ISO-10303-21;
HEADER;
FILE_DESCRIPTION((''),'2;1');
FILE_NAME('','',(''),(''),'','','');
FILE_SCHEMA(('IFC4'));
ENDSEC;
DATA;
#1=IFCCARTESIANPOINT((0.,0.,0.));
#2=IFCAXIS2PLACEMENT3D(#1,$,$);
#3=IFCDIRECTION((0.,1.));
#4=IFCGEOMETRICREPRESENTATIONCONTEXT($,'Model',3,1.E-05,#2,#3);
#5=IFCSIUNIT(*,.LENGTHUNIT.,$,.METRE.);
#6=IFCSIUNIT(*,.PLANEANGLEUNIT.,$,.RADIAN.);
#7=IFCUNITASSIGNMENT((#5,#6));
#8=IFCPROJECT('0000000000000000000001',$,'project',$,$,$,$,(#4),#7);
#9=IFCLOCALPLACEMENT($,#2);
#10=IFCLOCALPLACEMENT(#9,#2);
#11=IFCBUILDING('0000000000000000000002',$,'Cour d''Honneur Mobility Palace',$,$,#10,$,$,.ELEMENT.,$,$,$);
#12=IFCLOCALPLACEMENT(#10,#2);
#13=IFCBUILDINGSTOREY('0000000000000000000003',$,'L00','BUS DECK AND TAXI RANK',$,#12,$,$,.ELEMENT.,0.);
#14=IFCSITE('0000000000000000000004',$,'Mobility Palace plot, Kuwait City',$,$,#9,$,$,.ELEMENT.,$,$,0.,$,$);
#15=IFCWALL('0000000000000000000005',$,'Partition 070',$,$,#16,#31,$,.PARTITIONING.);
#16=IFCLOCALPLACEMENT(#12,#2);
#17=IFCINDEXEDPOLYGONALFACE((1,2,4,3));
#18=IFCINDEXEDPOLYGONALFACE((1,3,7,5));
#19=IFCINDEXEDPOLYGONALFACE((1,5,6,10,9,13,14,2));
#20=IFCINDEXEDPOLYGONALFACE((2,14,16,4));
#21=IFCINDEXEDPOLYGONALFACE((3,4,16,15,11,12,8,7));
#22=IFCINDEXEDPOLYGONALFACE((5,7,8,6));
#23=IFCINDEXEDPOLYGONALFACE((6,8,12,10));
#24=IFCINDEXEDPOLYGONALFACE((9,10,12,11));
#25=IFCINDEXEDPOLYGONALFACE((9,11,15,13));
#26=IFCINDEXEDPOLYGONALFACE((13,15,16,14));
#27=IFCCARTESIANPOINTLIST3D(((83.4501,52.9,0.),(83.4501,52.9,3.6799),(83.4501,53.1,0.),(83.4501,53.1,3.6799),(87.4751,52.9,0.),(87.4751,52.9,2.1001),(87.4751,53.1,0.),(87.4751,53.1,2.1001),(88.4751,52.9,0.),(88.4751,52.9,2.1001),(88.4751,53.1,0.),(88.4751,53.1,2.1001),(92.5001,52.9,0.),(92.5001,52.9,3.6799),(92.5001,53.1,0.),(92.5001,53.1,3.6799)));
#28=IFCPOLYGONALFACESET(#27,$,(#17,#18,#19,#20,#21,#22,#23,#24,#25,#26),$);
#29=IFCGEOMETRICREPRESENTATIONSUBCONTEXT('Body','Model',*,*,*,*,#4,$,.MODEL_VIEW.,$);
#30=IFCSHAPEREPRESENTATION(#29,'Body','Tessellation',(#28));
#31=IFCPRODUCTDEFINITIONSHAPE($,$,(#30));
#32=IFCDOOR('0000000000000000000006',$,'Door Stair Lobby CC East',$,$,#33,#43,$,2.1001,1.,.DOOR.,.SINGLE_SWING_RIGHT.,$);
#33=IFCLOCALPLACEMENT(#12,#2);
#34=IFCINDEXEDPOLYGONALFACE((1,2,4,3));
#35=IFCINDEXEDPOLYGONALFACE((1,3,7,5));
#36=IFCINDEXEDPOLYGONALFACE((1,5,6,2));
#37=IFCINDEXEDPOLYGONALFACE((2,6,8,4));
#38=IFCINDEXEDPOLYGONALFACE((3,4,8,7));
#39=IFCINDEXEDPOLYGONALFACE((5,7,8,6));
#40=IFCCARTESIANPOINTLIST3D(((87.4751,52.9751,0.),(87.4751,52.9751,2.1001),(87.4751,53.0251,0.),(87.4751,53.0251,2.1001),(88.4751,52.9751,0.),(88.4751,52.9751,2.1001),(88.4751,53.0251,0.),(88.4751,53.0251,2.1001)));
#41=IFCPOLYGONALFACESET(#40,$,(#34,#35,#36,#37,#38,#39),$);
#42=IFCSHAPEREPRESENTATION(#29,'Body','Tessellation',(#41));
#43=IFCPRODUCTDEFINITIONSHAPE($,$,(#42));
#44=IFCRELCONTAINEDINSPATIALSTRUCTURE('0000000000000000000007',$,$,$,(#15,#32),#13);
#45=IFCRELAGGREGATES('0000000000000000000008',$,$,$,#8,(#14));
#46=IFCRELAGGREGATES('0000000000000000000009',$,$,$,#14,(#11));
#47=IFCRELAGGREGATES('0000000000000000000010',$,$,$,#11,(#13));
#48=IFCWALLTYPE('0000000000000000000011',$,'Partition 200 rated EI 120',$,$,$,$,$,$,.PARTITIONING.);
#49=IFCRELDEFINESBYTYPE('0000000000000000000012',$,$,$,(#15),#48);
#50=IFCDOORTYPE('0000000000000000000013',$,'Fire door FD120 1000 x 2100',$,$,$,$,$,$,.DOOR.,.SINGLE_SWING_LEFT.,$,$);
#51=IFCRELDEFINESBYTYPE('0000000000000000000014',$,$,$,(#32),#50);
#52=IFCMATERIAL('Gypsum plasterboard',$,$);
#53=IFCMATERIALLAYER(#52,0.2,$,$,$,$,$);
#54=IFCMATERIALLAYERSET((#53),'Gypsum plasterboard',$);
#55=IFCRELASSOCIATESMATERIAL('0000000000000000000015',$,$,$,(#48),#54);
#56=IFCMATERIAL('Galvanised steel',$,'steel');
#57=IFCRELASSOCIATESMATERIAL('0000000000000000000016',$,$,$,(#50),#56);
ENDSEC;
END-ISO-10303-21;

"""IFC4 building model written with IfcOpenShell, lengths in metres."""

from ifc_helpers import new_model, si_unit, direction, frame, frame_2d, origin, place, context, subcontext, project, spatial, rectangle, extrude, material, layer, layer_set, type_object, element, fill, save


model = new_model("IFC4")

# Units and contexts
model_context = context("Model", 3, precision=1e-05, world=origin(), true_north=direction((0.0, 1.0)))
body_context = subcontext(model_context, "Body", "Model", "MODEL_VIEW")
ifc_project = project(units=[si_unit("LENGTHUNIT", "METRE"), si_unit("PLANEANGLEUNIT", "RADIAN")], contexts=[model_context])

# Site, building, storey
site_placement = place(None, origin())
site = spatial("IfcSite", under=ifc_project, at=site_placement, Name="Mobility Palace plot, Kuwait City", CompositionType="ELEMENT", RefElevation=0.0)
building_placement = place(site_placement, origin())
building = spatial("IfcBuilding", under=site, at=building_placement, Name="Cour d'Honneur Mobility Palace", CompositionType="ELEMENT")
storey_placement = place(building_placement, origin())
storey = spatial("IfcBuildingStorey", under=building, at=storey_placement, Name="L00", Description="BUS DECK AND TAXI RANK", CompositionType="ELEMENT", Elevation=0.0)

# Shared definitions
ifc_material_1 = material(Name="Gypsum plasterboard")
ifc_layer_1 = layer(ifc_material_1, 0.2)
ifc_layer_set_1 = layer_set([ifc_layer_1], Name="Gypsum plasterboard")
wall_type_1 = type_object("IfcWallType", Name="Partition 200 rated EI 120", PredefinedType="PARTITIONING", material=ifc_layer_set_1)

# Wall, opening, door
ifc_material_2 = material(Name="Galvanised steel", Category="steel")
door_type_1 = type_object("IfcDoorType", Name="Fire door FD120 1000 x 2100", OperationType="SINGLE_SWING_LEFT", PredefinedType="DOOR", material=ifc_material_2)
wall_1_placement = place(storey_placement, frame((92.5, 53.0, 0.0), z_axis=(0.0, 0.0, 1.0), x_axis=(-1.0, 0.0, 0.0)))
wall_1 = element("IfcWall", 1, at=wall_1_placement, inside=storey, type_object=wall_type_1, Name="Partition 070", PredefinedType="PARTITIONING", context=body_context, shape_type="SweptSolid", body=[
    extrude(rectangle(XDim=9.05, YDim=0.2, at=frame_2d((4.5249, 0.0))), origin(), (0.0, 0.0, 1.0), 3.6799),
])
opening_1_placement = place(wall_1_placement, frame((4.0249, 0.0, 0.0)))
opening_1 = element("IfcOpeningElement", 2, at=opening_1_placement, cuts=wall_1, PredefinedType="OPENING", context=body_context, shape_type="SweptSolid", body=[
    extrude(rectangle(XDim=1.0, YDim=2.1001, at=frame_2d((0.5, 1.05))), frame((0.0, 0.1099, 0.0), z_axis=(0.0, -1.0, 0.0), x_axis=(1.0, 0.0, 0.0)), (0.0, 0.0, 1.0), 0.22),
])
door_1_placement = place(opening_1_placement, origin())
door_1 = element("IfcDoor", 3, at=door_1_placement, inside=storey, type_object=door_type_1, Name="Door Stair Lobby CC East", OperationType="SINGLE_SWING_RIGHT", OverallHeight=2.1001, OverallWidth=1.0, PredefinedType="DOOR", context=body_context, shape_type="SweptSolid", body=[
    extrude(rectangle(XDim=1.0, YDim=2.1001, at=frame_2d((0.5, 1.05))), frame((0.0, 0.0249, 0.0), z_axis=(0.0, -1.0, 0.0), x_axis=(1.0, 0.0, 0.0)), (0.0, 0.0, 1.0), 0.05),
])
fill(opening_1, door_1)

save(model, "model.ifc")
